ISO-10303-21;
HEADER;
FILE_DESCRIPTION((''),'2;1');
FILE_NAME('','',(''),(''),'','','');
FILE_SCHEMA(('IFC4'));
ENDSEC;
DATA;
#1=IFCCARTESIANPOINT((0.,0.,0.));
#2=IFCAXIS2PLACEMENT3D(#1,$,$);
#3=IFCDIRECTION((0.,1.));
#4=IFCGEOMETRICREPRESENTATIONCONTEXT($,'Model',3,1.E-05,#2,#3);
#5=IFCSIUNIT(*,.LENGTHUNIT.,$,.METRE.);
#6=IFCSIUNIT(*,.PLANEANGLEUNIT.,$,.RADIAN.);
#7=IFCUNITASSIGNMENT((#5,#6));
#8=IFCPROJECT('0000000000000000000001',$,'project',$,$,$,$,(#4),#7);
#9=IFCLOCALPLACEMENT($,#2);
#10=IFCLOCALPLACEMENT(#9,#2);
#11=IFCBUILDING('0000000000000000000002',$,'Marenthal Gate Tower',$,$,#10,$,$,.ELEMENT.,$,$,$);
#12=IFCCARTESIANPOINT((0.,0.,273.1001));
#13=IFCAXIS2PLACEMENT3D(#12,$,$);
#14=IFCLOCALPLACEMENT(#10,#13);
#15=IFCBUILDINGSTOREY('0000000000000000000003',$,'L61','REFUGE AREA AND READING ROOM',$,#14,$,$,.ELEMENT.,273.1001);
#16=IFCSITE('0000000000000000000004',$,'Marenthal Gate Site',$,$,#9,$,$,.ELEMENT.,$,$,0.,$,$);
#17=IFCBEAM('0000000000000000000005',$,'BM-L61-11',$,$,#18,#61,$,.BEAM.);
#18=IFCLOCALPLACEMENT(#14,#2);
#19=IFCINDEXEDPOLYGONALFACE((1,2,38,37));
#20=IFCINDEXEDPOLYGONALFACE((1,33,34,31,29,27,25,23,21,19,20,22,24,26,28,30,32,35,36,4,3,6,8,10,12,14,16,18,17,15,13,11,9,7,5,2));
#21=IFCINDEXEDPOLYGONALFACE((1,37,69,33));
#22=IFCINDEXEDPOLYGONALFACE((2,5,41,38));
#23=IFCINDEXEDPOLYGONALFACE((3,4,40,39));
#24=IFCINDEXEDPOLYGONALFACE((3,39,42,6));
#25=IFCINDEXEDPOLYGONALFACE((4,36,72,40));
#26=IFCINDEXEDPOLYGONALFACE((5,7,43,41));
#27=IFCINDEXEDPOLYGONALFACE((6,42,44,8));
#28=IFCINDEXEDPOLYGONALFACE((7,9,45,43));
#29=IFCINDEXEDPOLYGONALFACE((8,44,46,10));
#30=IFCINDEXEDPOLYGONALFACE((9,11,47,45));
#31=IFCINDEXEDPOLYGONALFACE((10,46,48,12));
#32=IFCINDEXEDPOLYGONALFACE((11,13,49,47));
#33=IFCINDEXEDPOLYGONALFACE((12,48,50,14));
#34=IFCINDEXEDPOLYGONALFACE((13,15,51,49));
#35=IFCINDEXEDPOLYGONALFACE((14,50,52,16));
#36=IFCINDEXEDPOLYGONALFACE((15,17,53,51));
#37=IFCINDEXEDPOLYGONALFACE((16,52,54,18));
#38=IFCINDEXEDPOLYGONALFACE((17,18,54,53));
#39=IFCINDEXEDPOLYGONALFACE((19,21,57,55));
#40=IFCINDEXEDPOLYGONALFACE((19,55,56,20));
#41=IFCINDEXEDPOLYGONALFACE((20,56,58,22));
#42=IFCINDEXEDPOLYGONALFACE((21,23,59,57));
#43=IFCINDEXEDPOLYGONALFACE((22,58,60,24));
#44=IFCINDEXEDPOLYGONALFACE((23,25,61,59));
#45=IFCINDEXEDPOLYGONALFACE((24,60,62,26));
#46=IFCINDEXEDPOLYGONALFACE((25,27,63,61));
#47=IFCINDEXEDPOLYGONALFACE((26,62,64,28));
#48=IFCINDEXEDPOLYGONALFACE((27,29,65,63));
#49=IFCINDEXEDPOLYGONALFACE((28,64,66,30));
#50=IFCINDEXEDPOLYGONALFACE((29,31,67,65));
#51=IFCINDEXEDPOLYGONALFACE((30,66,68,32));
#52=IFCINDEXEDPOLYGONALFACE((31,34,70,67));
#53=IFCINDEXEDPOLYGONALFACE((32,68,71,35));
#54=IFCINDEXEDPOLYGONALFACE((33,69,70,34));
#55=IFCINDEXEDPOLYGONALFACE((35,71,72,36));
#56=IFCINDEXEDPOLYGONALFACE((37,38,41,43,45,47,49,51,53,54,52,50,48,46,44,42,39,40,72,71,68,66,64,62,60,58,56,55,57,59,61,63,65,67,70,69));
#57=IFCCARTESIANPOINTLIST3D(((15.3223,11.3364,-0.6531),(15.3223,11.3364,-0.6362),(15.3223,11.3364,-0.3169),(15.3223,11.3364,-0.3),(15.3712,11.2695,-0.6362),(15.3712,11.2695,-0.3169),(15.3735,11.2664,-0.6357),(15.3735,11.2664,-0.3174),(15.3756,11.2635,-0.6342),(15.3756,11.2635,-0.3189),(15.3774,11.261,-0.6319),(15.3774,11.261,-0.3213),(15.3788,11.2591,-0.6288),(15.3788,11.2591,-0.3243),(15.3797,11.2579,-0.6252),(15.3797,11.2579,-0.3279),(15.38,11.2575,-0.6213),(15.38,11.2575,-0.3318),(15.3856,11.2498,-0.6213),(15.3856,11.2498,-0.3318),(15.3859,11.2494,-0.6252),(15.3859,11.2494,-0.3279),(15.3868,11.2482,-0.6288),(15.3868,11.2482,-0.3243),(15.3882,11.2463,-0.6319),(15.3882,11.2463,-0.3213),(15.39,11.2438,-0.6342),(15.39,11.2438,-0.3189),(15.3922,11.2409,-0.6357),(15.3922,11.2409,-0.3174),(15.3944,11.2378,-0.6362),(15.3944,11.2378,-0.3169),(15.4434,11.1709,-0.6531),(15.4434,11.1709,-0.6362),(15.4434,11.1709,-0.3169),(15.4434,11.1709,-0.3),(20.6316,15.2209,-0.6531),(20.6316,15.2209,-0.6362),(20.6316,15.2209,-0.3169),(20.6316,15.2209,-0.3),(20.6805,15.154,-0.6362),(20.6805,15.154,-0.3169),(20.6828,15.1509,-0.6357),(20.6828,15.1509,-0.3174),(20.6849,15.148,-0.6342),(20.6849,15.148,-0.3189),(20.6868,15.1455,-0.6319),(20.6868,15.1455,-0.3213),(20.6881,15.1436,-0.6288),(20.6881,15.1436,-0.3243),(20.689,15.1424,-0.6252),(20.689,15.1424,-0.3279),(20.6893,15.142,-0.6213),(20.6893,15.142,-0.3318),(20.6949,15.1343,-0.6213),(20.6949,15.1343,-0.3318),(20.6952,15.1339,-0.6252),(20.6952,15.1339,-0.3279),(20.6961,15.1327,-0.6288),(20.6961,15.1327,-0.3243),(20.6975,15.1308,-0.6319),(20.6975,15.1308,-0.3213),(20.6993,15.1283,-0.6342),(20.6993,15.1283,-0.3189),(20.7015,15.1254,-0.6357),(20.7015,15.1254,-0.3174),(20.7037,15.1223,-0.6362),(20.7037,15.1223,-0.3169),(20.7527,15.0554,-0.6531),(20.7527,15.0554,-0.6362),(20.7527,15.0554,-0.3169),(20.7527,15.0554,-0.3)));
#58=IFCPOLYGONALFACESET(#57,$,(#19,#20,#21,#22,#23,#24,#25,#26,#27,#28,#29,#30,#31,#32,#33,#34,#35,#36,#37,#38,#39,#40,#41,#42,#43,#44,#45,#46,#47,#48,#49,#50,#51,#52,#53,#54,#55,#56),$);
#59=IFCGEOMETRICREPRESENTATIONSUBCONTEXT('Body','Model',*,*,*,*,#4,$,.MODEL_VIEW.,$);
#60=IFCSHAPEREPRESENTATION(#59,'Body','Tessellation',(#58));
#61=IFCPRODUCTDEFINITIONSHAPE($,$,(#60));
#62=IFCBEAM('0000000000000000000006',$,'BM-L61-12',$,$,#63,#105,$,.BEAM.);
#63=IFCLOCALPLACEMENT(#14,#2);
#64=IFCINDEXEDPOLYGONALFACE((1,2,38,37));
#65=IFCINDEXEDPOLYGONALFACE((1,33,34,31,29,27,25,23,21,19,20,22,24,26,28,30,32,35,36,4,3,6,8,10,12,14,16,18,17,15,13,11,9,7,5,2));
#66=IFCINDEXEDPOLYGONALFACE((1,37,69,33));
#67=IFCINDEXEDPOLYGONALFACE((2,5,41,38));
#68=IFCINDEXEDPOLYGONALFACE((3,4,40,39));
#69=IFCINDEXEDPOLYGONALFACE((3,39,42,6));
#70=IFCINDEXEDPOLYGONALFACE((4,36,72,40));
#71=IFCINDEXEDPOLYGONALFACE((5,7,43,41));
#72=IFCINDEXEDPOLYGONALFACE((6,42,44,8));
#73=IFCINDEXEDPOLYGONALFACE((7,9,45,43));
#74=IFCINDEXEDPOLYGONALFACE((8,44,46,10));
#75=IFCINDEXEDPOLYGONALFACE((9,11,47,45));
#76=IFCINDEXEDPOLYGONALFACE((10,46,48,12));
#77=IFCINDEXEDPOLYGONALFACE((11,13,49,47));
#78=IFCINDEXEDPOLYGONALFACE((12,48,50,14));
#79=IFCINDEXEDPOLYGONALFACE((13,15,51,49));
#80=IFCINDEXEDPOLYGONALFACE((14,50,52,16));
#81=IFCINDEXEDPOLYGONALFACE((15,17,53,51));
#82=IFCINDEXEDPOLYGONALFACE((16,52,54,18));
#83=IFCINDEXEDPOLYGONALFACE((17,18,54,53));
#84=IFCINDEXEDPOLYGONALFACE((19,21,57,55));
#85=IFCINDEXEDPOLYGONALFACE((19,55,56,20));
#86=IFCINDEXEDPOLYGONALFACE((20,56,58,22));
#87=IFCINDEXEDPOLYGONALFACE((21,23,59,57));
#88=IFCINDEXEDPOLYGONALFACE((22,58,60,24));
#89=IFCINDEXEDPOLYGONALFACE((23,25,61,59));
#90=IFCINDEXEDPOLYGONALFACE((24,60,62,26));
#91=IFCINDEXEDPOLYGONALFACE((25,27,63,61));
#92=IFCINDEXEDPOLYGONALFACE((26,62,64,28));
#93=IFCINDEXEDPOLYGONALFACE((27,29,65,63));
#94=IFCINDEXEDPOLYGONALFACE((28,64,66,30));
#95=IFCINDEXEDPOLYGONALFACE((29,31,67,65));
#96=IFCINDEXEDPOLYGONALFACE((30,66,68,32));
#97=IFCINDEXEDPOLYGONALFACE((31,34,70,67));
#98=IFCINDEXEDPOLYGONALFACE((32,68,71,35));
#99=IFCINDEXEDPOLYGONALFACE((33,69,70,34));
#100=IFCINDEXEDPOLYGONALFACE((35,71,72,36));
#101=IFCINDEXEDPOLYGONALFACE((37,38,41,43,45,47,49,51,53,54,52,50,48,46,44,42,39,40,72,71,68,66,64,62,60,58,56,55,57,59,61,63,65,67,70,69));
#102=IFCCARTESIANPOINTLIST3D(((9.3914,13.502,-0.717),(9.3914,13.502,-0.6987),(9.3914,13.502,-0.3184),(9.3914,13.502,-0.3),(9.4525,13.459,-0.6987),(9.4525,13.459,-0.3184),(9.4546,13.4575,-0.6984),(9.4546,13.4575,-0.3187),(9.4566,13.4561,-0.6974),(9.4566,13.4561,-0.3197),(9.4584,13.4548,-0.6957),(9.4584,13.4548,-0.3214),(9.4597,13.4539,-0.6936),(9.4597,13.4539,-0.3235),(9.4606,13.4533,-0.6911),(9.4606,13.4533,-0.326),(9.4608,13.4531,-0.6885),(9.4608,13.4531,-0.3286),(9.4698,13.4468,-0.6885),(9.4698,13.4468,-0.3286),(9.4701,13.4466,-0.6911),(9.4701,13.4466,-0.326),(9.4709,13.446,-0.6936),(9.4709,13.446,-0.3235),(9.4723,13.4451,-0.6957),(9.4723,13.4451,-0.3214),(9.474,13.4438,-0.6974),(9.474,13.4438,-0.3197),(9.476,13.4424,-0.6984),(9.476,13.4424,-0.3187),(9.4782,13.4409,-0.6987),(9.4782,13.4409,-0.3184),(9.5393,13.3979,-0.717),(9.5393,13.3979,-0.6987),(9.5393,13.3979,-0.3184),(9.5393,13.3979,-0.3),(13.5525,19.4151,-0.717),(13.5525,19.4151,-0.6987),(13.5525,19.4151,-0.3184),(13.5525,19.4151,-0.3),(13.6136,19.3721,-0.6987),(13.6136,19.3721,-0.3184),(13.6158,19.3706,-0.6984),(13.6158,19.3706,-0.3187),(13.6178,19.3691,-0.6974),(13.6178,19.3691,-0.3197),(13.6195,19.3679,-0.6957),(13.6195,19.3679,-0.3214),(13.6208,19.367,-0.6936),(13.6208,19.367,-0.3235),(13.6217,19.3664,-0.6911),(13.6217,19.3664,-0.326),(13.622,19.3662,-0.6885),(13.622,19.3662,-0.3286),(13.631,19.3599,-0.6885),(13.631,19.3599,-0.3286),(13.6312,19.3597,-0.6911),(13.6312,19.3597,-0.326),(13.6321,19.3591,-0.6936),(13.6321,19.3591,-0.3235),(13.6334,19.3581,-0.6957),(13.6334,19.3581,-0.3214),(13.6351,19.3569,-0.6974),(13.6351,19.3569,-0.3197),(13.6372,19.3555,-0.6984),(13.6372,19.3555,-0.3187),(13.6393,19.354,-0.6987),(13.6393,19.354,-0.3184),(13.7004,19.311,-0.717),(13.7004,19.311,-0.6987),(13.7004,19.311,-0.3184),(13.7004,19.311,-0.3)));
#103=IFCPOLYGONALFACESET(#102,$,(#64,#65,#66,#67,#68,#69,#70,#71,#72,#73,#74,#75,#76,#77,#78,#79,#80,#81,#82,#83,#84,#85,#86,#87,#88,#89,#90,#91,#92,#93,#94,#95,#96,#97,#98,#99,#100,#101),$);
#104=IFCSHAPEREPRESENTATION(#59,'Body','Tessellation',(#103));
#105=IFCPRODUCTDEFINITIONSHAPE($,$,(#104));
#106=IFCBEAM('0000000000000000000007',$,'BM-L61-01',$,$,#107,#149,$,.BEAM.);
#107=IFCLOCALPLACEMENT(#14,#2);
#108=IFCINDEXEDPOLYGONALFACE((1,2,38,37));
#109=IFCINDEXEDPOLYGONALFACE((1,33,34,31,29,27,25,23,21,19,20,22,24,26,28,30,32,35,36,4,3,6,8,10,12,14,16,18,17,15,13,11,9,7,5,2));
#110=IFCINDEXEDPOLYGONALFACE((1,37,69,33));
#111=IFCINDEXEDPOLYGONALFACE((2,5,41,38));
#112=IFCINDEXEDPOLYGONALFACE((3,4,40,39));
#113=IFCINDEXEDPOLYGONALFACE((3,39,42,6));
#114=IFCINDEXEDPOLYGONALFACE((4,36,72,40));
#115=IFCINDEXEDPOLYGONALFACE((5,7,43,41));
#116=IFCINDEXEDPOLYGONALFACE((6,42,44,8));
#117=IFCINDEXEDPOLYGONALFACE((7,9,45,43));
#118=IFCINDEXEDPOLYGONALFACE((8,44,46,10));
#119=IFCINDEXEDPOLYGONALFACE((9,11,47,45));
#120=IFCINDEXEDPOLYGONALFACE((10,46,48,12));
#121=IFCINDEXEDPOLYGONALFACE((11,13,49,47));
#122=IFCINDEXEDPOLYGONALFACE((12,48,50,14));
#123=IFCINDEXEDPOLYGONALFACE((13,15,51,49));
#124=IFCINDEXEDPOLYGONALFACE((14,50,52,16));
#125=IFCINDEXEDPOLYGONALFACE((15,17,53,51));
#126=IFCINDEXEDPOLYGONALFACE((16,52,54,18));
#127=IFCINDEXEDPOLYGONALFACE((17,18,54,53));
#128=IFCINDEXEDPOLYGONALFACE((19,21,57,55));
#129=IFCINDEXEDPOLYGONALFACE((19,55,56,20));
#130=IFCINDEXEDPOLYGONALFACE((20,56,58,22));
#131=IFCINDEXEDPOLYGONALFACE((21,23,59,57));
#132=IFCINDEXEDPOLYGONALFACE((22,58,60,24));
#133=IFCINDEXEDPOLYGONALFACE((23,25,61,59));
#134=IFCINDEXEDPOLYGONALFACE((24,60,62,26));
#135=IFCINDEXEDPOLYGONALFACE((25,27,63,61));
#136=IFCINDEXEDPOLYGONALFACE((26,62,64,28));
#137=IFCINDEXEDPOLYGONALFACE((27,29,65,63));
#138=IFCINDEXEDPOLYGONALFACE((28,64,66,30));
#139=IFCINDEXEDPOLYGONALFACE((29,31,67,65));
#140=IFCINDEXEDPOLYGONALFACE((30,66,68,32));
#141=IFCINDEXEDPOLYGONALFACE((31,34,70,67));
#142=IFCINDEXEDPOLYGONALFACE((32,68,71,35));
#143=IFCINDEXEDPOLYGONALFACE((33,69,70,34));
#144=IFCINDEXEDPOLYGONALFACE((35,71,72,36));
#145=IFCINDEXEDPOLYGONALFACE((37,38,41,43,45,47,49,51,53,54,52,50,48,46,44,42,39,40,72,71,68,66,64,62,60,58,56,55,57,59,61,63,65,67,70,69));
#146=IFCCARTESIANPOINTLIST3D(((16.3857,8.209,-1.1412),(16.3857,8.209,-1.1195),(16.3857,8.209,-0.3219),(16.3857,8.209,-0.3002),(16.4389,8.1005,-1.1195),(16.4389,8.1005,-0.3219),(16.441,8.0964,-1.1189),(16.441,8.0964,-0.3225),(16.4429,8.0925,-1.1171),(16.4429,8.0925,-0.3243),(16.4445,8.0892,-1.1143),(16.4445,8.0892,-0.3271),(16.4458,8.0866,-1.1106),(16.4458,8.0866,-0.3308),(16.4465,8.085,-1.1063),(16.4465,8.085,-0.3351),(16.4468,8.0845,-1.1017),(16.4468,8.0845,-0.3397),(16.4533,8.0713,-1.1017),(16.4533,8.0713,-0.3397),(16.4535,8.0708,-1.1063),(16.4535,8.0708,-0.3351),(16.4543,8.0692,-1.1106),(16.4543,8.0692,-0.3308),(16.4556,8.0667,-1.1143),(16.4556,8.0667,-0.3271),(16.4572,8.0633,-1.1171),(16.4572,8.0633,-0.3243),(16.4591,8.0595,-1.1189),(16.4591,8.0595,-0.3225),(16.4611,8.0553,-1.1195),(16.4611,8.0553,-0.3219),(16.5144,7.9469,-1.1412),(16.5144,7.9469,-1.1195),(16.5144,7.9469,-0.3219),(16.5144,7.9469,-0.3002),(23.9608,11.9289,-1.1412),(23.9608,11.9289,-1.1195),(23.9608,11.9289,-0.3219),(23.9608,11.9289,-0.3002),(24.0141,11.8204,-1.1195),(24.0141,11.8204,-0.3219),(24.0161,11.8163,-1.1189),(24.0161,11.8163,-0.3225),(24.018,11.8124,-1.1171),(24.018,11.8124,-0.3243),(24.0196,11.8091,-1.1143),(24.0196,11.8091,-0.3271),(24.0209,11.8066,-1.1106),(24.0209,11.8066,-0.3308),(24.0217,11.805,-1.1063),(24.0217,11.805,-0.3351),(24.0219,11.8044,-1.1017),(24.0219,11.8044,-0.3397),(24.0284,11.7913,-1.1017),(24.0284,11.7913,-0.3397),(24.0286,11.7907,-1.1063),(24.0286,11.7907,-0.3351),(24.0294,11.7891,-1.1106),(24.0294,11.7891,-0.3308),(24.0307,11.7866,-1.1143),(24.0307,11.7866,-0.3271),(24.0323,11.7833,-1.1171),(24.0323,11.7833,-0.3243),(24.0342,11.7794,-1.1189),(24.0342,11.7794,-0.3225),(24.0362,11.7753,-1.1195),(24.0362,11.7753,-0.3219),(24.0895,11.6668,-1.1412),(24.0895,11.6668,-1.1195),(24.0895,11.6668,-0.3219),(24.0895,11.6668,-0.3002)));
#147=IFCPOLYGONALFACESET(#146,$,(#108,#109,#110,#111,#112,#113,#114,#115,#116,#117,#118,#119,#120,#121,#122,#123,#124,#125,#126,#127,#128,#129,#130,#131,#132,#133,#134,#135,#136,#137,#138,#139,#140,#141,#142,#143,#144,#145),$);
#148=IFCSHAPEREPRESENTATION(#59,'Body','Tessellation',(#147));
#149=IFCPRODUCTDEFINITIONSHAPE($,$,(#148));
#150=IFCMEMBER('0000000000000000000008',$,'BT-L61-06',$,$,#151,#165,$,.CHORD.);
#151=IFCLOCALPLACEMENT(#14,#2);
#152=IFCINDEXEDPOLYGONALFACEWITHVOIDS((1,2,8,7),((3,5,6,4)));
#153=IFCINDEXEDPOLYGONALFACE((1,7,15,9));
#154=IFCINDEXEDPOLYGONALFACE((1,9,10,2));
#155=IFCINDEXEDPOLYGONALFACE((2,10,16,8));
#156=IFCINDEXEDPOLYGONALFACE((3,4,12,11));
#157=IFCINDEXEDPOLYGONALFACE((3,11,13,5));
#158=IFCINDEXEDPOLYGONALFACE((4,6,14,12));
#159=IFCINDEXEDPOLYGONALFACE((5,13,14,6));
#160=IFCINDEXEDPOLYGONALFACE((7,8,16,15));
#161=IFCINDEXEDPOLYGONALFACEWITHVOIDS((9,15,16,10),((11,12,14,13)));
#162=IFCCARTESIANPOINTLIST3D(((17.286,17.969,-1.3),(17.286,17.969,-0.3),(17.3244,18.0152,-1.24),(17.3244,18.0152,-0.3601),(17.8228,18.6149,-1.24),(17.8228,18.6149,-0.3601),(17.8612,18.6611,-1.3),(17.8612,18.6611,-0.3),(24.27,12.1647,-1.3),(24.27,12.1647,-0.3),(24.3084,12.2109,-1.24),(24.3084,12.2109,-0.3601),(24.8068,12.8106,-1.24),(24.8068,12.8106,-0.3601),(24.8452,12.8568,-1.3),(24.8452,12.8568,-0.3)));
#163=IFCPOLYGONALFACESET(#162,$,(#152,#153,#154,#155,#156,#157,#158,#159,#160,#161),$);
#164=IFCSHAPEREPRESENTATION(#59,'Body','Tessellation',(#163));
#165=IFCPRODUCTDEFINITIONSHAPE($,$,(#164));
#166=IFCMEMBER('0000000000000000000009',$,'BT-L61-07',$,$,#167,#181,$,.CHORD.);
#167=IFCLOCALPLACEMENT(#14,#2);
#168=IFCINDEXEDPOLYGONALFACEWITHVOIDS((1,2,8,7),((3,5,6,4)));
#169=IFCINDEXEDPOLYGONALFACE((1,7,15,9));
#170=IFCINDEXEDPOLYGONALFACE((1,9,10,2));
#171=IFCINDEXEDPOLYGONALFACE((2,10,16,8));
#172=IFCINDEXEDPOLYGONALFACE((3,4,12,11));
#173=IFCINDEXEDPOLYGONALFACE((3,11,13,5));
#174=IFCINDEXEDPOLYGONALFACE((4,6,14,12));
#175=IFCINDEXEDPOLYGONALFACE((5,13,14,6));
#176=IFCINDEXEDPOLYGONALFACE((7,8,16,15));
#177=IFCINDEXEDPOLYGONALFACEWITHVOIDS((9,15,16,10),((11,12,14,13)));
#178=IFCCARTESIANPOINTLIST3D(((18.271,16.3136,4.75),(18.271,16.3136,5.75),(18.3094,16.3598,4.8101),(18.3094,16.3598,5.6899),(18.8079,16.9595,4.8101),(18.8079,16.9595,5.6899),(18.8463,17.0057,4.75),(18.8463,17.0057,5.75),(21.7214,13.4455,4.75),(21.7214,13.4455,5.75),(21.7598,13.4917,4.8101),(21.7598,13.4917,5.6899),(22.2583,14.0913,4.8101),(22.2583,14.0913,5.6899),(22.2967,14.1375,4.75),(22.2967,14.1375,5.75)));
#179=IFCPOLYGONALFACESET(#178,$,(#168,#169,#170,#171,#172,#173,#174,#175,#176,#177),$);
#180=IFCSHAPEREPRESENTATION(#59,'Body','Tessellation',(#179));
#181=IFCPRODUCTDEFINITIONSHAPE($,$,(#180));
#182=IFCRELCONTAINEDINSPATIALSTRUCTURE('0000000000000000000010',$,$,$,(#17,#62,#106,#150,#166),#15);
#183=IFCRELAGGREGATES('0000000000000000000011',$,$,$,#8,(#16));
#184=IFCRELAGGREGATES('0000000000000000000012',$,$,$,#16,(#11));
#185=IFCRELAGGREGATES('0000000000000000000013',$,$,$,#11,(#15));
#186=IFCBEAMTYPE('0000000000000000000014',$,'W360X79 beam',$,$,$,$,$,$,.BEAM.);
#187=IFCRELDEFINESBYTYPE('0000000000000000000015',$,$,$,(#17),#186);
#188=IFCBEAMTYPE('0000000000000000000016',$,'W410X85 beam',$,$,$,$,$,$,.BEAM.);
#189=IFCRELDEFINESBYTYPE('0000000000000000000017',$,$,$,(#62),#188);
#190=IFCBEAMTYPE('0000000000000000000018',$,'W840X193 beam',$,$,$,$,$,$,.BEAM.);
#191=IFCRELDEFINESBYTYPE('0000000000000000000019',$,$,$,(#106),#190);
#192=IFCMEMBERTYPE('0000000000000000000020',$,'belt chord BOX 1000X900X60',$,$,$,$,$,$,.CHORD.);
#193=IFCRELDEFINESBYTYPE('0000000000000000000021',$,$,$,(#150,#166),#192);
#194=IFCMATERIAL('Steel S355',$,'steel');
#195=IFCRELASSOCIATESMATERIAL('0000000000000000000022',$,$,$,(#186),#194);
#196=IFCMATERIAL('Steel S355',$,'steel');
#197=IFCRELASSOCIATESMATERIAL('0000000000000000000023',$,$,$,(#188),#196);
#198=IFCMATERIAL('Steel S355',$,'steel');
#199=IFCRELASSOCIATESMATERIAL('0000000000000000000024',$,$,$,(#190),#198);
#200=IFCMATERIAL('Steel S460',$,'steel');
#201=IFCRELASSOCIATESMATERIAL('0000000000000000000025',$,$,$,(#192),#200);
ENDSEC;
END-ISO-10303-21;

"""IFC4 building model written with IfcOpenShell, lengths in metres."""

from ifc_helpers import new_model, si_unit, direction, frame, origin, origin_2d, place, context, subcontext, project, spatial, hollow_rectangle, i_section, extrude, material, material_profile, profile_set, type_object, element, save


model = new_model("IFC4")

# Units and contexts
model_context = context("Model", 3, precision=1e-05, world=origin(), true_north=direction((0.0, 1.0)))
body_context = subcontext(model_context, "Body", "Model", "MODEL_VIEW")
ifc_project = project(units=[si_unit("LENGTHUNIT", "METRE"), si_unit("PLANEANGLEUNIT", "RADIAN")], contexts=[model_context])

# Site, building, storey
site_placement = place(None, origin())
site = spatial("IfcSite", under=ifc_project, at=site_placement, Name="Marenthal Gate Site", CompositionType="ELEMENT", RefElevation=0.0)
building_placement = place(site_placement, origin())
building = spatial("IfcBuilding", under=site, at=building_placement, Name="Marenthal Gate Tower", CompositionType="ELEMENT")
storey_placement = place(building_placement, frame((0.0, 0.0, 273.1001)))
storey = spatial("IfcBuildingStorey", under=building, at=storey_placement, Name="L61", Description="REFUGE AREA AND READING ROOM", CompositionType="ELEMENT", Elevation=273.1001)

# Beams
ifc_material_1 = material(Name="Steel S355", Category="steel")
ifc_material_profile_1 = material_profile(ifc_material_1, i_section(OverallWidth=0.2051, OverallDepth=0.353, WebThickness=0.0095, FlangeThickness=0.0168, FilletRadius=0.0149, at=origin_2d()), Name="W360X79")
ifc_profile_set_1 = profile_set([ifc_material_profile_1], Name="Steel S355")
beam_type_1 = type_object("IfcBeamType", Name="W360X79 beam", PredefinedType="BEAM", material=ifc_profile_set_1)
beam_1_placement = place(storey_placement, frame((20.6921, 15.1382, -0.4766), z_axis=(-0.807056, -0.590475, 0.0), x_axis=(0.590475, -0.807056, 0.0)))
element("IfcBeam", 1, at=beam_1_placement, inside=storey, type_object=beam_type_1, Name="BM-L61-11", PredefinedType="BEAM", context=body_context, shape_type="SweptSolid", body=[
    extrude(i_section(OverallWidth=0.2051, OverallDepth=0.353, WebThickness=0.0095, FlangeThickness=0.0168, FilletRadius=0.0149, at=origin_2d()), origin(), (0.0, 0.0, 1.0), 6.5786),
])
ifc_material_2 = material(Name="Steel S355", Category="steel")
ifc_material_profile_2 = material_profile(ifc_material_2, i_section(OverallWidth=0.1809, OverallDepth=0.417, WebThickness=0.011, FlangeThickness=0.0183, FilletRadius=0.0103, at=origin_2d()), Name="W410X85")
ifc_profile_set_2 = profile_set([ifc_material_profile_2], Name="Steel S355")
beam_type_2 = type_object("IfcBeamType", Name="W410X85 beam", PredefinedType="BEAM", material=ifc_profile_set_2)
beam_2_placement = place(storey_placement, frame((13.6265, 19.363, -0.5085), z_axis=(-0.5755, -0.817802, 0.0), x_axis=(0.817802, -0.5755, 0.0)))
element("IfcBeam", 2, at=beam_2_placement, inside=storey, type_object=beam_type_2, Name="BM-L61-12", PredefinedType="BEAM", context=body_context, shape_type="SweptSolid", body=[
    extrude(i_section(OverallWidth=0.1809, OverallDepth=0.417, WebThickness=0.011, FlangeThickness=0.0183, FilletRadius=0.0103, at=origin_2d()), origin(), (0.0, 0.0, 1.0), 7.2305),
])
ifc_material_3 = material(Name="Steel S355", Category="steel")
ifc_material_profile_3 = material_profile(ifc_material_3, i_section(OverallWidth=0.292, OverallDepth=0.8411, WebThickness=0.0146, FlangeThickness=0.0217, FilletRadius=0.0178, at=origin_2d()), Name="W840X193")
ifc_profile_set_3 = profile_set([ifc_material_profile_3], Name="Steel S355")
beam_type_3 = type_object("IfcBeamType", Name="W840X193 beam", PredefinedType="BEAM", material=ifc_profile_set_3)
beam_3_placement = place(storey_placement, frame((24.0251, 11.7979, -0.7207), z_axis=(-0.89761, -0.440791, 0.0), x_axis=(0.440791, -0.89761, 0.0)))
element("IfcBeam", 3, at=beam_3_placement, inside=storey, type_object=beam_type_3, Name="BM-L61-01", PredefinedType="BEAM", context=body_context, shape_type="SweptSolid", body=[
    extrude(i_section(OverallWidth=0.292, OverallDepth=0.8411, WebThickness=0.0146, FlangeThickness=0.0217, FilletRadius=0.0178, at=origin_2d()), origin(), (0.0, 0.0, 1.0), 8.4392),
])

# Members
ifc_material_4 = material(Name="Steel S460", Category="steel")
ifc_material_profile_4 = material_profile(ifc_material_4, hollow_rectangle(XDim=0.8999, YDim=1.0, WallThickness=0.0601, at=origin_2d()), Name="BOX 1000X900X60")
ifc_profile_set_4 = profile_set([ifc_material_profile_4], Name="Steel S460")
member_type_1 = type_object("IfcMemberType", Name="belt chord BOX 1000X900X60", PredefinedType="CHORD", material=ifc_profile_set_4)
member_1_placement = place(storey_placement, frame((24.5576, 12.5107, -0.8), z_axis=(-0.769071, 0.639163, 0.0), x_axis=(-0.639163, -0.769071, 0.0)))
element("IfcMember", 4, at=member_1_placement, inside=storey, type_object=member_type_1, Name="BT-L61-06", PredefinedType="CHORD", context=body_context, shape_type="SweptSolid", body=[
    extrude(hollow_rectangle(XDim=0.8999, YDim=1.0, WallThickness=0.0601, at=origin_2d()), origin(), (0.0, 0.0, 1.0), 9.0811),
])
for number, where, z_axis, x_axis, name in (
    (5, (22.009, 13.7915, 5.25), (-0.76901, 0.639237, 0.0), (-0.639237, -0.76901, 0.0), "BT-L61-07"),
):
    element("IfcMember", number, at=place(storey_placement, frame(where, z_axis=z_axis, x_axis=x_axis)), inside=storey, type_object=member_type_1, Name=name, PredefinedType="CHORD", context=body_context, shape_type="SweptSolid", body=[
        extrude(hollow_rectangle(XDim=0.8999, YDim=1.0, WallThickness=0.0601, at=origin_2d()), origin(), (0.0, 0.0, 1.0), 4.4868),
    ])

save(model, "model.ifc")
